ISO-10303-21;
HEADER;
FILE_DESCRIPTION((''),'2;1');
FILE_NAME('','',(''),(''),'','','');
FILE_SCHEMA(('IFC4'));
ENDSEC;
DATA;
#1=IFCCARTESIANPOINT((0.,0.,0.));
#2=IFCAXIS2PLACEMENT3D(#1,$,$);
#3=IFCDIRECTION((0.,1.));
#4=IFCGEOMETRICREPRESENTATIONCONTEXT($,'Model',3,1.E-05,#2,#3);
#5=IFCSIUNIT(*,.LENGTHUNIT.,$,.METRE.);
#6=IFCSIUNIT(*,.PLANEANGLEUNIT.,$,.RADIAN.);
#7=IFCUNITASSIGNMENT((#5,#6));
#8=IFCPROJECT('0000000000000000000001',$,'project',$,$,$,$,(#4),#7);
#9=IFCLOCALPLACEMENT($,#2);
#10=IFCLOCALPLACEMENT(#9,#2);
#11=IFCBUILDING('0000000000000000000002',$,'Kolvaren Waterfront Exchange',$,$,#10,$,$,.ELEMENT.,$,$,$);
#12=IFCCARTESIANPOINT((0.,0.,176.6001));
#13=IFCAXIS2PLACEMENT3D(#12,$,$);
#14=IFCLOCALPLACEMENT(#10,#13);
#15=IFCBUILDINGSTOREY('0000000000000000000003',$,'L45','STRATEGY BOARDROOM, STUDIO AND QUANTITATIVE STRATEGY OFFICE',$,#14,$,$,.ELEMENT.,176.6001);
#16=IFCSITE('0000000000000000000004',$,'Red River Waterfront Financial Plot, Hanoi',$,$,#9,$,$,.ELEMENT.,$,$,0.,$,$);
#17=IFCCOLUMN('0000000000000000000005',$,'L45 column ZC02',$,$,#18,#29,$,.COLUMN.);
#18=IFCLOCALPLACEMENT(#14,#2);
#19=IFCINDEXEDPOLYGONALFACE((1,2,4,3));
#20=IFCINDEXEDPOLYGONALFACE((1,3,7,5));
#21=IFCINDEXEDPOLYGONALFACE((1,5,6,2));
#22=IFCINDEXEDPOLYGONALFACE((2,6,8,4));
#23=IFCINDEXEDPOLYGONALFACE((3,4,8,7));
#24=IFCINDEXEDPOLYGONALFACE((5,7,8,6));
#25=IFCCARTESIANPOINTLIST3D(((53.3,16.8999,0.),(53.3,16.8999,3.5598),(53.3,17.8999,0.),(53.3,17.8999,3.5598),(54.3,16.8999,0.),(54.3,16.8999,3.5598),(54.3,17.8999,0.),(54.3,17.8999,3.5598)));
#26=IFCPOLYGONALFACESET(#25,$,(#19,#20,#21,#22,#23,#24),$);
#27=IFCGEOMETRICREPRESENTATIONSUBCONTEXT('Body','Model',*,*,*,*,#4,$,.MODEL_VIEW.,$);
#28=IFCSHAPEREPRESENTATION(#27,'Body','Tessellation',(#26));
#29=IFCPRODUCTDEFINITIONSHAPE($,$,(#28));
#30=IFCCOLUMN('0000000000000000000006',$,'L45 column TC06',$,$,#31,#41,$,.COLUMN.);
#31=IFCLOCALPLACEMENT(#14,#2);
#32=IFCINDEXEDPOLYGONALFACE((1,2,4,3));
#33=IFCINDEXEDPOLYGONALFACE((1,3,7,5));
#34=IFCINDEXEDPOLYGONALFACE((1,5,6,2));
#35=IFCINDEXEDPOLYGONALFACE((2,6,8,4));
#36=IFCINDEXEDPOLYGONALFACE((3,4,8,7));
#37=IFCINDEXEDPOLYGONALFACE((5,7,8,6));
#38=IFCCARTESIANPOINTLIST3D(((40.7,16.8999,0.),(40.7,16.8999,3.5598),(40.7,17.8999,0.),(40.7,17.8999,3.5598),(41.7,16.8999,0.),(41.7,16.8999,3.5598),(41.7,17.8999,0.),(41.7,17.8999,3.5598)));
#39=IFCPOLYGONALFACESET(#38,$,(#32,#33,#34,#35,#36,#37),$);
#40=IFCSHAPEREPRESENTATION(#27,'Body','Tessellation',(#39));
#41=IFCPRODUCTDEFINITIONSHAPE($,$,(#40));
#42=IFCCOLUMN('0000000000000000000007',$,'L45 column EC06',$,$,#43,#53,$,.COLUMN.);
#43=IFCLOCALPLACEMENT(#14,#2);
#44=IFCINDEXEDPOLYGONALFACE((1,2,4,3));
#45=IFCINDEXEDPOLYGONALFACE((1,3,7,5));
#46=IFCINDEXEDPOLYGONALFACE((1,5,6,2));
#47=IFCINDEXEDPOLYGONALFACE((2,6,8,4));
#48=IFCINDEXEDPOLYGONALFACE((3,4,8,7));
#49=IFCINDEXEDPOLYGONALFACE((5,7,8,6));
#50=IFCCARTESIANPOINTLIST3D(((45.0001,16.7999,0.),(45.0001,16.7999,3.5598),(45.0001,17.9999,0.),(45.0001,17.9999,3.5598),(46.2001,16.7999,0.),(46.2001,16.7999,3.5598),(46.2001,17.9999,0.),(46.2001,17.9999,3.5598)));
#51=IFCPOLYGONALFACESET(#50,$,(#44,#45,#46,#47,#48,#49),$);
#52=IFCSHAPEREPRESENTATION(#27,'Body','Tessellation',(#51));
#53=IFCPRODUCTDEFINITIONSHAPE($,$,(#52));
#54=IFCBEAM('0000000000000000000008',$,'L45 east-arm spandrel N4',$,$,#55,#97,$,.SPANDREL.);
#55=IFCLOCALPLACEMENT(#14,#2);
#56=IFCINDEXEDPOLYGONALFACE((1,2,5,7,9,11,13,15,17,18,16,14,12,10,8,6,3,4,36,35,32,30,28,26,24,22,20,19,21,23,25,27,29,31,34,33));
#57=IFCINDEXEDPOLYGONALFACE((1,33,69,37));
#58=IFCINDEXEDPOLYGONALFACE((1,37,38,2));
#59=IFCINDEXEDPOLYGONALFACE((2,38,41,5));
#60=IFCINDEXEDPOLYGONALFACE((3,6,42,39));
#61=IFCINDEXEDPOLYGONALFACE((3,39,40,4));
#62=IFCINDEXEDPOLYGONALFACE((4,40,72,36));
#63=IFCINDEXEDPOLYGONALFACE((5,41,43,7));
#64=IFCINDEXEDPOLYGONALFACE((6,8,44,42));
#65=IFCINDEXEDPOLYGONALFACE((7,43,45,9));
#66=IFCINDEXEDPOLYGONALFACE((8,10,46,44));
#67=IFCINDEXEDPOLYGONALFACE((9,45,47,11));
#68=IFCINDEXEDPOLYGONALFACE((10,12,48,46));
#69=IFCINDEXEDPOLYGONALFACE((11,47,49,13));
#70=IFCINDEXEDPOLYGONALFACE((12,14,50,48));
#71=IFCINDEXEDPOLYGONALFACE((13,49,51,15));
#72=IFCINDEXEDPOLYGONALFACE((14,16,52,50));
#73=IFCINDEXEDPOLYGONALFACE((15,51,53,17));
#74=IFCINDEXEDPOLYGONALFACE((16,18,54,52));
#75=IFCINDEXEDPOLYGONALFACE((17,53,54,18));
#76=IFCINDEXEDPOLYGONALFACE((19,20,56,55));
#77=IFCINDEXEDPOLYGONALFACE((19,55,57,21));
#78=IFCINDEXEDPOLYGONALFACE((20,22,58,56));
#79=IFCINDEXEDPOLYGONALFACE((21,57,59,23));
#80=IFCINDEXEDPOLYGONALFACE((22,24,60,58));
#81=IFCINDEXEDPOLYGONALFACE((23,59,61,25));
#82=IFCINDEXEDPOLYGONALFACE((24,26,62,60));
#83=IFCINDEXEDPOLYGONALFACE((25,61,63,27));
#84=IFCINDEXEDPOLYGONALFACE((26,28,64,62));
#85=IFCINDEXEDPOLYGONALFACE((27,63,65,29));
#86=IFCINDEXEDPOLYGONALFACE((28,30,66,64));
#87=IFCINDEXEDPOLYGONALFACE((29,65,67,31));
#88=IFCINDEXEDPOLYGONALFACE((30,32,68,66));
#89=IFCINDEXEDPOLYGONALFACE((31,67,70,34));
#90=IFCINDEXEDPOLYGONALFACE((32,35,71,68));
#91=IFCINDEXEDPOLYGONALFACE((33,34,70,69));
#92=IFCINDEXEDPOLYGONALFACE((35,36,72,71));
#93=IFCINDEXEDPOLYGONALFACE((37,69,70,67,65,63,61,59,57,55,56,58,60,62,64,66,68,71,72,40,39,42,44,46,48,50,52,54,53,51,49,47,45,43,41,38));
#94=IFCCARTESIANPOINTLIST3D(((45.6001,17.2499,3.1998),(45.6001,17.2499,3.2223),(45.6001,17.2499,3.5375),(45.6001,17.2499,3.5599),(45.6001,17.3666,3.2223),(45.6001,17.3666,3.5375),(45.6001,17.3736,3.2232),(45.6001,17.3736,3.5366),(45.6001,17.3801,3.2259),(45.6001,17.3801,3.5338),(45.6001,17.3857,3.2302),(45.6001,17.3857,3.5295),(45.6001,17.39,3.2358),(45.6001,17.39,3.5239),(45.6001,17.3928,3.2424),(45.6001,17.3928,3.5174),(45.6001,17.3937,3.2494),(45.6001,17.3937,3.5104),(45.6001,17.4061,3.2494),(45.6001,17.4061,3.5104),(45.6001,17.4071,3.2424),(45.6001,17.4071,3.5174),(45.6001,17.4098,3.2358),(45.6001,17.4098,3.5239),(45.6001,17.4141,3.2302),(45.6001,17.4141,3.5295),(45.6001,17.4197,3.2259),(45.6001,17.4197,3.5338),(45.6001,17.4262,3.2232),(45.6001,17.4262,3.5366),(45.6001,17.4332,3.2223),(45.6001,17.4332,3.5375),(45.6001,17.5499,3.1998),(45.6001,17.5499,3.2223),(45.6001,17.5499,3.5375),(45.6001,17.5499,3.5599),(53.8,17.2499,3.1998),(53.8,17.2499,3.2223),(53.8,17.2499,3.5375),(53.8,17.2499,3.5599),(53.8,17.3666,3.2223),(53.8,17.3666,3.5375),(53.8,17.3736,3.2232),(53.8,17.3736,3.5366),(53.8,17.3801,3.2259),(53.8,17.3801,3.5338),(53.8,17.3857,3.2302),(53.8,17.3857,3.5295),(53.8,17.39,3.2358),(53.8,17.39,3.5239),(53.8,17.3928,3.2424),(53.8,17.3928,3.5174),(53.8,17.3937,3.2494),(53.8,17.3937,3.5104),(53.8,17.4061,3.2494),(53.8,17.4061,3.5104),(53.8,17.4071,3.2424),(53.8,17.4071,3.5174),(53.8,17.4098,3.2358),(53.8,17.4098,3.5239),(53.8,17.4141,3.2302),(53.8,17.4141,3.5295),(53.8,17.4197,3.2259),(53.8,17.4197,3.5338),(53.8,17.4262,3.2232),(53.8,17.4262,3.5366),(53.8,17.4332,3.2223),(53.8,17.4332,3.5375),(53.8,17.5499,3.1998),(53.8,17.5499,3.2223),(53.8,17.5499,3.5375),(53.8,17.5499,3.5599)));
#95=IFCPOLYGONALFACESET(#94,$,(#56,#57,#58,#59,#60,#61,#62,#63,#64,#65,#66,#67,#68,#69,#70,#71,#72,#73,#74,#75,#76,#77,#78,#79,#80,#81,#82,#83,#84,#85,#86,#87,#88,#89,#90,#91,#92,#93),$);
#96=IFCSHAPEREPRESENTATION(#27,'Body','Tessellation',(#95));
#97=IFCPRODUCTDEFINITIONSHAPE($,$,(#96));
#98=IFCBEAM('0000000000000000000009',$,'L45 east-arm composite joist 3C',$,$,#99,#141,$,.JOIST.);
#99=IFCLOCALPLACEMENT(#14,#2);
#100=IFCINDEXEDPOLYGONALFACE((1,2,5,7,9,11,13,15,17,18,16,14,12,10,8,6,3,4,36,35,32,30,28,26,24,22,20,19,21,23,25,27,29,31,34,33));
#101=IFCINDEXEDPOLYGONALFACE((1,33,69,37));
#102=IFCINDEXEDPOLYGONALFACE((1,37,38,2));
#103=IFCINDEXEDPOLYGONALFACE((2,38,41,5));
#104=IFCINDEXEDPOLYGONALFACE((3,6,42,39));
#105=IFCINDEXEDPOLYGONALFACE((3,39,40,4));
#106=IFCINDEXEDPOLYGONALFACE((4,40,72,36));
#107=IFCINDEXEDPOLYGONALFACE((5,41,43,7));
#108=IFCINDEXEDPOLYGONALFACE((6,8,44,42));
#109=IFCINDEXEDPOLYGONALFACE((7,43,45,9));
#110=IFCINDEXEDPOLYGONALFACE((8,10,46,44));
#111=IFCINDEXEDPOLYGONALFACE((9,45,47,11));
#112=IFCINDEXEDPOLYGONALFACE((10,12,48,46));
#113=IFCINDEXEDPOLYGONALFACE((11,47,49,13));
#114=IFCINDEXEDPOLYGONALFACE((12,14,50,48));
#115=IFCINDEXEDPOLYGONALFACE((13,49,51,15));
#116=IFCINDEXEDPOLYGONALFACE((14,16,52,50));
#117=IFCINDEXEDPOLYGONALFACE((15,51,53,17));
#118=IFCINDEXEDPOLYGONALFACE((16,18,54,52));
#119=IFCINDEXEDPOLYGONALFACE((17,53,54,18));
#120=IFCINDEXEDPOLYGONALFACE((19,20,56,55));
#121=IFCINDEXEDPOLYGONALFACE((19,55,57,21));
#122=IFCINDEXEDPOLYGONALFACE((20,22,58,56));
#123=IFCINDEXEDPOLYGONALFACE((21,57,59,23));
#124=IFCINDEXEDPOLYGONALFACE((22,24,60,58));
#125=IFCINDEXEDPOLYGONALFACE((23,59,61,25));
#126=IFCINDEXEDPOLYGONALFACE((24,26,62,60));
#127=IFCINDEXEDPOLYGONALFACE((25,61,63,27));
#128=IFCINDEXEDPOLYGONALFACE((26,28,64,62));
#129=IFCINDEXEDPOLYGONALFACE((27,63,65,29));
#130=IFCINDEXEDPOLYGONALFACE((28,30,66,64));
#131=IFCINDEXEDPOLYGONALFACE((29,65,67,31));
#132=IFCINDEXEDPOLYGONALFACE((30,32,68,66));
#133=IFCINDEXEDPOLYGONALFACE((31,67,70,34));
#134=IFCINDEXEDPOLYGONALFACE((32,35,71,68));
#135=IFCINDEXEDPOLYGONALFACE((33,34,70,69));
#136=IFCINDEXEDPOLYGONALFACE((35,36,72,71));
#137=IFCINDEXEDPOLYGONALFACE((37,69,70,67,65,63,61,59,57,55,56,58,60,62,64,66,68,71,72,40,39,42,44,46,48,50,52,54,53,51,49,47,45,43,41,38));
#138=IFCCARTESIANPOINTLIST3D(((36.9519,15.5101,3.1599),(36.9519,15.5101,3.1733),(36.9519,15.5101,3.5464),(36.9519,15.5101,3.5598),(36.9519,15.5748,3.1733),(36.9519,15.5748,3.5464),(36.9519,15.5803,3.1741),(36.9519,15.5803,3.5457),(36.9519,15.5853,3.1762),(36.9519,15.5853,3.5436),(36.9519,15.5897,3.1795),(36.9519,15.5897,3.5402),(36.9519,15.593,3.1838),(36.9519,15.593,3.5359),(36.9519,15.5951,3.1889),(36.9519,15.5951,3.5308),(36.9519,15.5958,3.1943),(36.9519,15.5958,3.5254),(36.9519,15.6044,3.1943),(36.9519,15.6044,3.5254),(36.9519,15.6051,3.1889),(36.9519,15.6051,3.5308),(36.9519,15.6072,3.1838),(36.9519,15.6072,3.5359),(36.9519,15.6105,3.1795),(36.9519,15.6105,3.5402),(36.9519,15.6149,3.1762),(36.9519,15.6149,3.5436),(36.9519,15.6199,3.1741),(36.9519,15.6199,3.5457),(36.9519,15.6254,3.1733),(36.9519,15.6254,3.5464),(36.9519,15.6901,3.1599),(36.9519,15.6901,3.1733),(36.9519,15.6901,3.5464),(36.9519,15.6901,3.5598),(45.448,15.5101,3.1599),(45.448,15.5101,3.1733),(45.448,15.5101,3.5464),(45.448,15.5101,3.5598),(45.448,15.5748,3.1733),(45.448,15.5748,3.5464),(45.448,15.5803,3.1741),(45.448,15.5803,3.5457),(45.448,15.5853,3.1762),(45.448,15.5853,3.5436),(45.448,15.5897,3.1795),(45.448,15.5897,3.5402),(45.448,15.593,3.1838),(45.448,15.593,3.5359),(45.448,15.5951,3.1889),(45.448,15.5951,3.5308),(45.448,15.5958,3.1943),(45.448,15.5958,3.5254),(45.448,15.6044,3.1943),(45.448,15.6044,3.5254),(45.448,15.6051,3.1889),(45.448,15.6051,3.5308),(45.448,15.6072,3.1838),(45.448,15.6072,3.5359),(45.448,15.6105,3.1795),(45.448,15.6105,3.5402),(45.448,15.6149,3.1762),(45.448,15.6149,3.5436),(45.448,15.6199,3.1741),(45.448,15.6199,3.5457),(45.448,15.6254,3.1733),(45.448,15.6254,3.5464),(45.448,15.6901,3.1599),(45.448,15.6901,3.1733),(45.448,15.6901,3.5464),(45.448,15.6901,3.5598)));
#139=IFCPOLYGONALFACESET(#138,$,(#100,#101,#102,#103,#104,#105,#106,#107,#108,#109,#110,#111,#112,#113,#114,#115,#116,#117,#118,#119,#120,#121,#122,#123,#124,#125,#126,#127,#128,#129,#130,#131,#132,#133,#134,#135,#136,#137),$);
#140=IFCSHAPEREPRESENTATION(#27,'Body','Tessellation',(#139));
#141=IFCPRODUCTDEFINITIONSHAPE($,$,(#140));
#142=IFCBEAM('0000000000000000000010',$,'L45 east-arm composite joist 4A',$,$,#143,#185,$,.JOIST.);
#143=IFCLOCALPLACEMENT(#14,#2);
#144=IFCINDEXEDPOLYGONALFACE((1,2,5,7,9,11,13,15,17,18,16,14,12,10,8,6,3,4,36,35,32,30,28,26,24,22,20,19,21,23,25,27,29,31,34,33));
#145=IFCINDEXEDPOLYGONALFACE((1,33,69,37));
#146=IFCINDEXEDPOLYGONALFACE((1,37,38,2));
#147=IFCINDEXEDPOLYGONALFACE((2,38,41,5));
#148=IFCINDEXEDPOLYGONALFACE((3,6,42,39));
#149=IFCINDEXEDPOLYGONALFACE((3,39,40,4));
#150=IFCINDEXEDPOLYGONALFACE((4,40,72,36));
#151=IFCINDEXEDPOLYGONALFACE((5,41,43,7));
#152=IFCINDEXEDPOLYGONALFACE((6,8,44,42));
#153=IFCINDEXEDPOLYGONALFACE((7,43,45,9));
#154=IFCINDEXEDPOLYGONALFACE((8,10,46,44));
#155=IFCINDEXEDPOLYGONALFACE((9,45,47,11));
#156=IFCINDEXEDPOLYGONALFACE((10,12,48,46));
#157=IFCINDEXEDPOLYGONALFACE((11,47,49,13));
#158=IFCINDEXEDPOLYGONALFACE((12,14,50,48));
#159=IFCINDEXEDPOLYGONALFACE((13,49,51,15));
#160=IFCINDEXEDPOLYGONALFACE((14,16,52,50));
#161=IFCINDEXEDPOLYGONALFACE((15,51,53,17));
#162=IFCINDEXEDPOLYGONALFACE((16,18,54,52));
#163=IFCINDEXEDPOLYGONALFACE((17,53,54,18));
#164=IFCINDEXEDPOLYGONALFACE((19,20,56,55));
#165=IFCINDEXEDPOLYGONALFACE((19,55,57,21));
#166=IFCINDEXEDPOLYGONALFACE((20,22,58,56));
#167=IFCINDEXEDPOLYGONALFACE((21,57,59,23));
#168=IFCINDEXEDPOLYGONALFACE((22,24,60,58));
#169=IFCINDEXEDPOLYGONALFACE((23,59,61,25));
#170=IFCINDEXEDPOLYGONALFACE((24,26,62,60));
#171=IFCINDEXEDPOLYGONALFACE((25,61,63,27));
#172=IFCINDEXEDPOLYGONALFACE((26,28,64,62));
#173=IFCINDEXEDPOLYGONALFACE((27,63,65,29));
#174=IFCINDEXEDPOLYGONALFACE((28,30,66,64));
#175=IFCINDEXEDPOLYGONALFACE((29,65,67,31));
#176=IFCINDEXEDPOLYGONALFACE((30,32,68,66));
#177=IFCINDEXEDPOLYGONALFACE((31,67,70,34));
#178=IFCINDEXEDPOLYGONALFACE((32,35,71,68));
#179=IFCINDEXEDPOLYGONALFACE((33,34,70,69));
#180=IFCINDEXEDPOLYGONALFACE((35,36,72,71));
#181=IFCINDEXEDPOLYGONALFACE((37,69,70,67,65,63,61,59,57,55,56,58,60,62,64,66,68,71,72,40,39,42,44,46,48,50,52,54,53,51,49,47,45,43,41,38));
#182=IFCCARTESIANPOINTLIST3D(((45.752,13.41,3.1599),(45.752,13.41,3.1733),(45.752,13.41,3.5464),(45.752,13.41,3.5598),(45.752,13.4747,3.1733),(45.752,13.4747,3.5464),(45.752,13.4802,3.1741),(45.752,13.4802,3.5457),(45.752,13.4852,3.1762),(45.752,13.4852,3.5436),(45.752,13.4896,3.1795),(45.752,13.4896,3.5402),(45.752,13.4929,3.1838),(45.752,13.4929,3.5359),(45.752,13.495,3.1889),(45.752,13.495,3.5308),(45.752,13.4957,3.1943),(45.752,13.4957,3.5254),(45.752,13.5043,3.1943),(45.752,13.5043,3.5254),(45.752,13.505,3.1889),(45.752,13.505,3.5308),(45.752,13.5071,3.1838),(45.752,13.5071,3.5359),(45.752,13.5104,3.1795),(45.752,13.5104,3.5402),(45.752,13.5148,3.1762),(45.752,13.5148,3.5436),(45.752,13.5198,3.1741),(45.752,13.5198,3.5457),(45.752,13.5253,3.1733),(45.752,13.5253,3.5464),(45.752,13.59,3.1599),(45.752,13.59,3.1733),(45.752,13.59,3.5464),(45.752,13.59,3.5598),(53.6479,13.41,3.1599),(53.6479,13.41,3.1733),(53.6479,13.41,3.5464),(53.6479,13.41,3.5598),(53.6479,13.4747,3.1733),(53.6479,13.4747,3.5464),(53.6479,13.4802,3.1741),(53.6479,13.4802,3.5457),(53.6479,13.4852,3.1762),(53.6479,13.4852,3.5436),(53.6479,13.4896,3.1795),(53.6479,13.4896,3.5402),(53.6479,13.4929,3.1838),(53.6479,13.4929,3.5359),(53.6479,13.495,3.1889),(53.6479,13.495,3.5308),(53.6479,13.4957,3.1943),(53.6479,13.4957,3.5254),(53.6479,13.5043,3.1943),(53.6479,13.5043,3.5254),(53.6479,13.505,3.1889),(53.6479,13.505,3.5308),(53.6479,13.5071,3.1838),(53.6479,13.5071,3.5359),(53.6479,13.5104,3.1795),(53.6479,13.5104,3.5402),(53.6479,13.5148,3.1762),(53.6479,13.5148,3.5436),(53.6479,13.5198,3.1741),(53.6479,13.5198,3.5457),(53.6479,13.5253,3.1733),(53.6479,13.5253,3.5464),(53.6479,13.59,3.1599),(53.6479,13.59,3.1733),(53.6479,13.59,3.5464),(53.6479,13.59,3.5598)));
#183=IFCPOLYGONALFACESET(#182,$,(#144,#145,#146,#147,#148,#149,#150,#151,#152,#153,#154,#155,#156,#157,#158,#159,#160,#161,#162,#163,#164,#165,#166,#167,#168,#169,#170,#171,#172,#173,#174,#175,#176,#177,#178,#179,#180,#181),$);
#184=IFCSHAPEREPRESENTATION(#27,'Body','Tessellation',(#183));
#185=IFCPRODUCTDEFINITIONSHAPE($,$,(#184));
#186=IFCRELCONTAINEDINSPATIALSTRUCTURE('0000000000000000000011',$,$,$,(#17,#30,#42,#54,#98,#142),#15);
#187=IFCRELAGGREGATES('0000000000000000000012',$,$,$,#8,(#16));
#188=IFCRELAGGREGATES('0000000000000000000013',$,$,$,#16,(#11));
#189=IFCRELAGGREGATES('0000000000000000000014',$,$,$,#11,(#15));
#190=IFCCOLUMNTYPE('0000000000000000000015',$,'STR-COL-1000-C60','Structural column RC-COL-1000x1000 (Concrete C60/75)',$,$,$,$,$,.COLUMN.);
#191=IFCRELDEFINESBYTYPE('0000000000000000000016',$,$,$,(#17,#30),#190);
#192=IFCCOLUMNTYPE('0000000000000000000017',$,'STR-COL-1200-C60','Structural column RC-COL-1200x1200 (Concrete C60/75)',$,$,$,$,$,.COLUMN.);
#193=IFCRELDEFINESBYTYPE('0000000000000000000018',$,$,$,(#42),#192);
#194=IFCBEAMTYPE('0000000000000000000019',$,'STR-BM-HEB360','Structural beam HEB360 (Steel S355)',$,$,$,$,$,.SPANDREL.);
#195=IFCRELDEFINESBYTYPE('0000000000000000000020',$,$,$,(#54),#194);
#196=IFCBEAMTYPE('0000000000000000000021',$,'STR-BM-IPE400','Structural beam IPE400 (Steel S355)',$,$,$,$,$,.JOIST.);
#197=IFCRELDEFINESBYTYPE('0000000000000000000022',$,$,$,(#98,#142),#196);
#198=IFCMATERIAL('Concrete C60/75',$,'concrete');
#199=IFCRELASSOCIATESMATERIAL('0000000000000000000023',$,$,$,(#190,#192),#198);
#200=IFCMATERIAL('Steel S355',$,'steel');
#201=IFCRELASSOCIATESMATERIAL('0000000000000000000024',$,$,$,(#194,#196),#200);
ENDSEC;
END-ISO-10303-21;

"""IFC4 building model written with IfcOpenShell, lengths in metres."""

from ifc_helpers import new_model, si_unit, direction, frame, origin, origin_2d, place, context, subcontext, project, spatial, rectangle, i_section, extrude, material, material_profile, profile_set, type_object, element, save


model = new_model("IFC4")

# Units and contexts
model_context = context("Model", 3, precision=1e-05, world=origin(), true_north=direction((0.0, 1.0)))
body_context = subcontext(model_context, "Body", "Model", "MODEL_VIEW")
ifc_project = project(units=[si_unit("LENGTHUNIT", "METRE"), si_unit("PLANEANGLEUNIT", "RADIAN")], contexts=[model_context])

# Site, building, storey
site_placement = place(None, origin())
site = spatial("IfcSite", under=ifc_project, at=site_placement, Name="Red River Waterfront Financial Plot, Hanoi", CompositionType="ELEMENT", RefElevation=0.0)
building_placement = place(site_placement, origin())
building = spatial("IfcBuilding", under=site, at=building_placement, Name="Kolvaren Waterfront Exchange", CompositionType="ELEMENT")
storey_placement = place(building_placement, frame((0.0, 0.0, 176.6001)))
storey = spatial("IfcBuildingStorey", under=building, at=storey_placement, Name="L45", Description="STRATEGY BOARDROOM, STUDIO AND QUANTITATIVE STRATEGY OFFICE", CompositionType="ELEMENT", Elevation=176.6001)

# Columns
ifc_material_1 = material(Name="Concrete C60/75", Category="concrete")
ifc_material_profile_1 = material_profile(ifc_material_1, rectangle(XDim=1.0, YDim=1.0, at=origin_2d()), Name="RC-COL-1000x1000")
ifc_profile_set_1 = profile_set([ifc_material_profile_1], Name="Concrete C60/75")
column_type_1 = type_object("IfcColumnType", Name="STR-COL-1000-C60", Description="Structural column RC-COL-1000x1000 (Concrete C60/75)", PredefinedType="COLUMN", material=ifc_profile_set_1)
for number, where, z_axis, x_axis, name in (
    (1, (53.8, 17.3999, 0.0), (0.0, 0.0, 1.0), (1.0, 0.0, 0.0), "L45 column ZC02"),
    (2, (41.2, 17.3999, 0.0), (0.0, 0.0, 1.0), (1.0, 0.0, 0.0), "L45 column TC06"),
):
    element("IfcColumn", number, at=place(storey_placement, frame(where, z_axis=z_axis, x_axis=x_axis)), inside=storey, type_object=column_type_1, Name=name, PredefinedType="COLUMN", context=body_context, shape_type="SweptSolid", body=[
        extrude(rectangle(XDim=1.0, YDim=1.0, at=origin_2d()), origin(), (0.0, 0.0, 1.0), 3.5598),
    ])
ifc_material_profile_2 = material_profile(ifc_material_1, rectangle(XDim=1.2, YDim=1.2, at=origin_2d()), Name="RC-COL-1200x1200")
ifc_profile_set_2 = profile_set([ifc_material_profile_2], Name="Concrete C60/75")
column_type_2 = type_object("IfcColumnType", Name="STR-COL-1200-C60", Description="Structural column RC-COL-1200x1200 (Concrete C60/75)", PredefinedType="COLUMN", material=ifc_profile_set_2)
column_placement = place(storey_placement, frame((45.6001, 17.3999, 0.0), z_axis=(0.0, 0.0, 1.0), x_axis=(1.0, 0.0, 0.0)))
element("IfcColumn", 3, at=column_placement, inside=storey, type_object=column_type_2, Name="L45 column EC06", PredefinedType="COLUMN", context=body_context, shape_type="SweptSolid", body=[
    extrude(rectangle(XDim=1.2, YDim=1.2, at=origin_2d()), origin(), (0.0, 0.0, 1.0), 3.5598),
])

# Beams
ifc_material_2 = material(Name="Steel S355", Category="steel")
ifc_material_profile_3 = material_profile(ifc_material_2, i_section(OverallWidth=0.3, OverallDepth=0.3601, WebThickness=0.0125, FlangeThickness=0.0225, FilletRadius=0.0271, at=origin_2d()), Name="HEB360")
ifc_profile_set_3 = profile_set([ifc_material_profile_3], Name="Steel S355")
beam_type_1 = type_object("IfcBeamType", Name="STR-BM-HEB360", Description="Structural beam HEB360 (Steel S355)", PredefinedType="SPANDREL", material=ifc_profile_set_3)
beam_1_placement = place(storey_placement, frame((45.6001, 17.3999, 3.3799), z_axis=(1.0, 0.0, 0.0), x_axis=(0.0, 1.0, 0.0)))
element("IfcBeam", 4, at=beam_1_placement, inside=storey, type_object=beam_type_1, Name="L45 east-arm spandrel N4", PredefinedType="SPANDREL", context=body_context, shape_type="SweptSolid", body=[
    extrude(i_section(OverallWidth=0.3, OverallDepth=0.3601, WebThickness=0.0125, FlangeThickness=0.0225, FilletRadius=0.0271, at=origin_2d()), origin(), (0.0, 0.0, 1.0), 8.2),
])
ifc_material_profile_4 = material_profile(ifc_material_2, i_section(OverallWidth=0.1799, OverallDepth=0.3999, WebThickness=0.0085, FlangeThickness=0.0134, FilletRadius=0.021, at=origin_2d()), Name="IPE400")
ifc_profile_set_4 = profile_set([ifc_material_profile_4], Name="Steel S355")
beam_type_2 = type_object("IfcBeamType", Name="STR-BM-IPE400", Description="Structural beam IPE400 (Steel S355)", PredefinedType="JOIST", material=ifc_profile_set_4)
beam_2_placement = place(storey_placement, frame((36.9519, 15.6001, 3.3599), z_axis=(1.0, 0.0, 0.0), x_axis=(0.0, 1.0, 0.0)))
element("IfcBeam", 5, at=beam_2_placement, inside=storey, type_object=beam_type_2, Name="L45 east-arm composite joist 3C", PredefinedType="JOIST", context=body_context, shape_type="SweptSolid", body=[
    extrude(i_section(OverallWidth=0.1799, OverallDepth=0.3999, WebThickness=0.0085, FlangeThickness=0.0134, FilletRadius=0.021, at=origin_2d()), origin(), (0.0, 0.0, 1.0), 8.4961),
])
for number, where, z_axis, x_axis, name in (
    (6, (45.752, 13.5, 3.3599), (1.0, 0.0, 0.0), (0.0, 1.0, 0.0), "L45 east-arm composite joist 4A"),
):
    element("IfcBeam", number, at=place(storey_placement, frame(where, z_axis=z_axis, x_axis=x_axis)), inside=storey, type_object=beam_type_2, Name=name, PredefinedType="JOIST", context=body_context, shape_type="SweptSolid", body=[
        extrude(i_section(OverallWidth=0.1799, OverallDepth=0.3999, WebThickness=0.0085, FlangeThickness=0.0134, FilletRadius=0.021, at=origin_2d()), origin(), (0.0, 0.0, 1.0), 7.896),
    ])

save(model, "model.ifc")
